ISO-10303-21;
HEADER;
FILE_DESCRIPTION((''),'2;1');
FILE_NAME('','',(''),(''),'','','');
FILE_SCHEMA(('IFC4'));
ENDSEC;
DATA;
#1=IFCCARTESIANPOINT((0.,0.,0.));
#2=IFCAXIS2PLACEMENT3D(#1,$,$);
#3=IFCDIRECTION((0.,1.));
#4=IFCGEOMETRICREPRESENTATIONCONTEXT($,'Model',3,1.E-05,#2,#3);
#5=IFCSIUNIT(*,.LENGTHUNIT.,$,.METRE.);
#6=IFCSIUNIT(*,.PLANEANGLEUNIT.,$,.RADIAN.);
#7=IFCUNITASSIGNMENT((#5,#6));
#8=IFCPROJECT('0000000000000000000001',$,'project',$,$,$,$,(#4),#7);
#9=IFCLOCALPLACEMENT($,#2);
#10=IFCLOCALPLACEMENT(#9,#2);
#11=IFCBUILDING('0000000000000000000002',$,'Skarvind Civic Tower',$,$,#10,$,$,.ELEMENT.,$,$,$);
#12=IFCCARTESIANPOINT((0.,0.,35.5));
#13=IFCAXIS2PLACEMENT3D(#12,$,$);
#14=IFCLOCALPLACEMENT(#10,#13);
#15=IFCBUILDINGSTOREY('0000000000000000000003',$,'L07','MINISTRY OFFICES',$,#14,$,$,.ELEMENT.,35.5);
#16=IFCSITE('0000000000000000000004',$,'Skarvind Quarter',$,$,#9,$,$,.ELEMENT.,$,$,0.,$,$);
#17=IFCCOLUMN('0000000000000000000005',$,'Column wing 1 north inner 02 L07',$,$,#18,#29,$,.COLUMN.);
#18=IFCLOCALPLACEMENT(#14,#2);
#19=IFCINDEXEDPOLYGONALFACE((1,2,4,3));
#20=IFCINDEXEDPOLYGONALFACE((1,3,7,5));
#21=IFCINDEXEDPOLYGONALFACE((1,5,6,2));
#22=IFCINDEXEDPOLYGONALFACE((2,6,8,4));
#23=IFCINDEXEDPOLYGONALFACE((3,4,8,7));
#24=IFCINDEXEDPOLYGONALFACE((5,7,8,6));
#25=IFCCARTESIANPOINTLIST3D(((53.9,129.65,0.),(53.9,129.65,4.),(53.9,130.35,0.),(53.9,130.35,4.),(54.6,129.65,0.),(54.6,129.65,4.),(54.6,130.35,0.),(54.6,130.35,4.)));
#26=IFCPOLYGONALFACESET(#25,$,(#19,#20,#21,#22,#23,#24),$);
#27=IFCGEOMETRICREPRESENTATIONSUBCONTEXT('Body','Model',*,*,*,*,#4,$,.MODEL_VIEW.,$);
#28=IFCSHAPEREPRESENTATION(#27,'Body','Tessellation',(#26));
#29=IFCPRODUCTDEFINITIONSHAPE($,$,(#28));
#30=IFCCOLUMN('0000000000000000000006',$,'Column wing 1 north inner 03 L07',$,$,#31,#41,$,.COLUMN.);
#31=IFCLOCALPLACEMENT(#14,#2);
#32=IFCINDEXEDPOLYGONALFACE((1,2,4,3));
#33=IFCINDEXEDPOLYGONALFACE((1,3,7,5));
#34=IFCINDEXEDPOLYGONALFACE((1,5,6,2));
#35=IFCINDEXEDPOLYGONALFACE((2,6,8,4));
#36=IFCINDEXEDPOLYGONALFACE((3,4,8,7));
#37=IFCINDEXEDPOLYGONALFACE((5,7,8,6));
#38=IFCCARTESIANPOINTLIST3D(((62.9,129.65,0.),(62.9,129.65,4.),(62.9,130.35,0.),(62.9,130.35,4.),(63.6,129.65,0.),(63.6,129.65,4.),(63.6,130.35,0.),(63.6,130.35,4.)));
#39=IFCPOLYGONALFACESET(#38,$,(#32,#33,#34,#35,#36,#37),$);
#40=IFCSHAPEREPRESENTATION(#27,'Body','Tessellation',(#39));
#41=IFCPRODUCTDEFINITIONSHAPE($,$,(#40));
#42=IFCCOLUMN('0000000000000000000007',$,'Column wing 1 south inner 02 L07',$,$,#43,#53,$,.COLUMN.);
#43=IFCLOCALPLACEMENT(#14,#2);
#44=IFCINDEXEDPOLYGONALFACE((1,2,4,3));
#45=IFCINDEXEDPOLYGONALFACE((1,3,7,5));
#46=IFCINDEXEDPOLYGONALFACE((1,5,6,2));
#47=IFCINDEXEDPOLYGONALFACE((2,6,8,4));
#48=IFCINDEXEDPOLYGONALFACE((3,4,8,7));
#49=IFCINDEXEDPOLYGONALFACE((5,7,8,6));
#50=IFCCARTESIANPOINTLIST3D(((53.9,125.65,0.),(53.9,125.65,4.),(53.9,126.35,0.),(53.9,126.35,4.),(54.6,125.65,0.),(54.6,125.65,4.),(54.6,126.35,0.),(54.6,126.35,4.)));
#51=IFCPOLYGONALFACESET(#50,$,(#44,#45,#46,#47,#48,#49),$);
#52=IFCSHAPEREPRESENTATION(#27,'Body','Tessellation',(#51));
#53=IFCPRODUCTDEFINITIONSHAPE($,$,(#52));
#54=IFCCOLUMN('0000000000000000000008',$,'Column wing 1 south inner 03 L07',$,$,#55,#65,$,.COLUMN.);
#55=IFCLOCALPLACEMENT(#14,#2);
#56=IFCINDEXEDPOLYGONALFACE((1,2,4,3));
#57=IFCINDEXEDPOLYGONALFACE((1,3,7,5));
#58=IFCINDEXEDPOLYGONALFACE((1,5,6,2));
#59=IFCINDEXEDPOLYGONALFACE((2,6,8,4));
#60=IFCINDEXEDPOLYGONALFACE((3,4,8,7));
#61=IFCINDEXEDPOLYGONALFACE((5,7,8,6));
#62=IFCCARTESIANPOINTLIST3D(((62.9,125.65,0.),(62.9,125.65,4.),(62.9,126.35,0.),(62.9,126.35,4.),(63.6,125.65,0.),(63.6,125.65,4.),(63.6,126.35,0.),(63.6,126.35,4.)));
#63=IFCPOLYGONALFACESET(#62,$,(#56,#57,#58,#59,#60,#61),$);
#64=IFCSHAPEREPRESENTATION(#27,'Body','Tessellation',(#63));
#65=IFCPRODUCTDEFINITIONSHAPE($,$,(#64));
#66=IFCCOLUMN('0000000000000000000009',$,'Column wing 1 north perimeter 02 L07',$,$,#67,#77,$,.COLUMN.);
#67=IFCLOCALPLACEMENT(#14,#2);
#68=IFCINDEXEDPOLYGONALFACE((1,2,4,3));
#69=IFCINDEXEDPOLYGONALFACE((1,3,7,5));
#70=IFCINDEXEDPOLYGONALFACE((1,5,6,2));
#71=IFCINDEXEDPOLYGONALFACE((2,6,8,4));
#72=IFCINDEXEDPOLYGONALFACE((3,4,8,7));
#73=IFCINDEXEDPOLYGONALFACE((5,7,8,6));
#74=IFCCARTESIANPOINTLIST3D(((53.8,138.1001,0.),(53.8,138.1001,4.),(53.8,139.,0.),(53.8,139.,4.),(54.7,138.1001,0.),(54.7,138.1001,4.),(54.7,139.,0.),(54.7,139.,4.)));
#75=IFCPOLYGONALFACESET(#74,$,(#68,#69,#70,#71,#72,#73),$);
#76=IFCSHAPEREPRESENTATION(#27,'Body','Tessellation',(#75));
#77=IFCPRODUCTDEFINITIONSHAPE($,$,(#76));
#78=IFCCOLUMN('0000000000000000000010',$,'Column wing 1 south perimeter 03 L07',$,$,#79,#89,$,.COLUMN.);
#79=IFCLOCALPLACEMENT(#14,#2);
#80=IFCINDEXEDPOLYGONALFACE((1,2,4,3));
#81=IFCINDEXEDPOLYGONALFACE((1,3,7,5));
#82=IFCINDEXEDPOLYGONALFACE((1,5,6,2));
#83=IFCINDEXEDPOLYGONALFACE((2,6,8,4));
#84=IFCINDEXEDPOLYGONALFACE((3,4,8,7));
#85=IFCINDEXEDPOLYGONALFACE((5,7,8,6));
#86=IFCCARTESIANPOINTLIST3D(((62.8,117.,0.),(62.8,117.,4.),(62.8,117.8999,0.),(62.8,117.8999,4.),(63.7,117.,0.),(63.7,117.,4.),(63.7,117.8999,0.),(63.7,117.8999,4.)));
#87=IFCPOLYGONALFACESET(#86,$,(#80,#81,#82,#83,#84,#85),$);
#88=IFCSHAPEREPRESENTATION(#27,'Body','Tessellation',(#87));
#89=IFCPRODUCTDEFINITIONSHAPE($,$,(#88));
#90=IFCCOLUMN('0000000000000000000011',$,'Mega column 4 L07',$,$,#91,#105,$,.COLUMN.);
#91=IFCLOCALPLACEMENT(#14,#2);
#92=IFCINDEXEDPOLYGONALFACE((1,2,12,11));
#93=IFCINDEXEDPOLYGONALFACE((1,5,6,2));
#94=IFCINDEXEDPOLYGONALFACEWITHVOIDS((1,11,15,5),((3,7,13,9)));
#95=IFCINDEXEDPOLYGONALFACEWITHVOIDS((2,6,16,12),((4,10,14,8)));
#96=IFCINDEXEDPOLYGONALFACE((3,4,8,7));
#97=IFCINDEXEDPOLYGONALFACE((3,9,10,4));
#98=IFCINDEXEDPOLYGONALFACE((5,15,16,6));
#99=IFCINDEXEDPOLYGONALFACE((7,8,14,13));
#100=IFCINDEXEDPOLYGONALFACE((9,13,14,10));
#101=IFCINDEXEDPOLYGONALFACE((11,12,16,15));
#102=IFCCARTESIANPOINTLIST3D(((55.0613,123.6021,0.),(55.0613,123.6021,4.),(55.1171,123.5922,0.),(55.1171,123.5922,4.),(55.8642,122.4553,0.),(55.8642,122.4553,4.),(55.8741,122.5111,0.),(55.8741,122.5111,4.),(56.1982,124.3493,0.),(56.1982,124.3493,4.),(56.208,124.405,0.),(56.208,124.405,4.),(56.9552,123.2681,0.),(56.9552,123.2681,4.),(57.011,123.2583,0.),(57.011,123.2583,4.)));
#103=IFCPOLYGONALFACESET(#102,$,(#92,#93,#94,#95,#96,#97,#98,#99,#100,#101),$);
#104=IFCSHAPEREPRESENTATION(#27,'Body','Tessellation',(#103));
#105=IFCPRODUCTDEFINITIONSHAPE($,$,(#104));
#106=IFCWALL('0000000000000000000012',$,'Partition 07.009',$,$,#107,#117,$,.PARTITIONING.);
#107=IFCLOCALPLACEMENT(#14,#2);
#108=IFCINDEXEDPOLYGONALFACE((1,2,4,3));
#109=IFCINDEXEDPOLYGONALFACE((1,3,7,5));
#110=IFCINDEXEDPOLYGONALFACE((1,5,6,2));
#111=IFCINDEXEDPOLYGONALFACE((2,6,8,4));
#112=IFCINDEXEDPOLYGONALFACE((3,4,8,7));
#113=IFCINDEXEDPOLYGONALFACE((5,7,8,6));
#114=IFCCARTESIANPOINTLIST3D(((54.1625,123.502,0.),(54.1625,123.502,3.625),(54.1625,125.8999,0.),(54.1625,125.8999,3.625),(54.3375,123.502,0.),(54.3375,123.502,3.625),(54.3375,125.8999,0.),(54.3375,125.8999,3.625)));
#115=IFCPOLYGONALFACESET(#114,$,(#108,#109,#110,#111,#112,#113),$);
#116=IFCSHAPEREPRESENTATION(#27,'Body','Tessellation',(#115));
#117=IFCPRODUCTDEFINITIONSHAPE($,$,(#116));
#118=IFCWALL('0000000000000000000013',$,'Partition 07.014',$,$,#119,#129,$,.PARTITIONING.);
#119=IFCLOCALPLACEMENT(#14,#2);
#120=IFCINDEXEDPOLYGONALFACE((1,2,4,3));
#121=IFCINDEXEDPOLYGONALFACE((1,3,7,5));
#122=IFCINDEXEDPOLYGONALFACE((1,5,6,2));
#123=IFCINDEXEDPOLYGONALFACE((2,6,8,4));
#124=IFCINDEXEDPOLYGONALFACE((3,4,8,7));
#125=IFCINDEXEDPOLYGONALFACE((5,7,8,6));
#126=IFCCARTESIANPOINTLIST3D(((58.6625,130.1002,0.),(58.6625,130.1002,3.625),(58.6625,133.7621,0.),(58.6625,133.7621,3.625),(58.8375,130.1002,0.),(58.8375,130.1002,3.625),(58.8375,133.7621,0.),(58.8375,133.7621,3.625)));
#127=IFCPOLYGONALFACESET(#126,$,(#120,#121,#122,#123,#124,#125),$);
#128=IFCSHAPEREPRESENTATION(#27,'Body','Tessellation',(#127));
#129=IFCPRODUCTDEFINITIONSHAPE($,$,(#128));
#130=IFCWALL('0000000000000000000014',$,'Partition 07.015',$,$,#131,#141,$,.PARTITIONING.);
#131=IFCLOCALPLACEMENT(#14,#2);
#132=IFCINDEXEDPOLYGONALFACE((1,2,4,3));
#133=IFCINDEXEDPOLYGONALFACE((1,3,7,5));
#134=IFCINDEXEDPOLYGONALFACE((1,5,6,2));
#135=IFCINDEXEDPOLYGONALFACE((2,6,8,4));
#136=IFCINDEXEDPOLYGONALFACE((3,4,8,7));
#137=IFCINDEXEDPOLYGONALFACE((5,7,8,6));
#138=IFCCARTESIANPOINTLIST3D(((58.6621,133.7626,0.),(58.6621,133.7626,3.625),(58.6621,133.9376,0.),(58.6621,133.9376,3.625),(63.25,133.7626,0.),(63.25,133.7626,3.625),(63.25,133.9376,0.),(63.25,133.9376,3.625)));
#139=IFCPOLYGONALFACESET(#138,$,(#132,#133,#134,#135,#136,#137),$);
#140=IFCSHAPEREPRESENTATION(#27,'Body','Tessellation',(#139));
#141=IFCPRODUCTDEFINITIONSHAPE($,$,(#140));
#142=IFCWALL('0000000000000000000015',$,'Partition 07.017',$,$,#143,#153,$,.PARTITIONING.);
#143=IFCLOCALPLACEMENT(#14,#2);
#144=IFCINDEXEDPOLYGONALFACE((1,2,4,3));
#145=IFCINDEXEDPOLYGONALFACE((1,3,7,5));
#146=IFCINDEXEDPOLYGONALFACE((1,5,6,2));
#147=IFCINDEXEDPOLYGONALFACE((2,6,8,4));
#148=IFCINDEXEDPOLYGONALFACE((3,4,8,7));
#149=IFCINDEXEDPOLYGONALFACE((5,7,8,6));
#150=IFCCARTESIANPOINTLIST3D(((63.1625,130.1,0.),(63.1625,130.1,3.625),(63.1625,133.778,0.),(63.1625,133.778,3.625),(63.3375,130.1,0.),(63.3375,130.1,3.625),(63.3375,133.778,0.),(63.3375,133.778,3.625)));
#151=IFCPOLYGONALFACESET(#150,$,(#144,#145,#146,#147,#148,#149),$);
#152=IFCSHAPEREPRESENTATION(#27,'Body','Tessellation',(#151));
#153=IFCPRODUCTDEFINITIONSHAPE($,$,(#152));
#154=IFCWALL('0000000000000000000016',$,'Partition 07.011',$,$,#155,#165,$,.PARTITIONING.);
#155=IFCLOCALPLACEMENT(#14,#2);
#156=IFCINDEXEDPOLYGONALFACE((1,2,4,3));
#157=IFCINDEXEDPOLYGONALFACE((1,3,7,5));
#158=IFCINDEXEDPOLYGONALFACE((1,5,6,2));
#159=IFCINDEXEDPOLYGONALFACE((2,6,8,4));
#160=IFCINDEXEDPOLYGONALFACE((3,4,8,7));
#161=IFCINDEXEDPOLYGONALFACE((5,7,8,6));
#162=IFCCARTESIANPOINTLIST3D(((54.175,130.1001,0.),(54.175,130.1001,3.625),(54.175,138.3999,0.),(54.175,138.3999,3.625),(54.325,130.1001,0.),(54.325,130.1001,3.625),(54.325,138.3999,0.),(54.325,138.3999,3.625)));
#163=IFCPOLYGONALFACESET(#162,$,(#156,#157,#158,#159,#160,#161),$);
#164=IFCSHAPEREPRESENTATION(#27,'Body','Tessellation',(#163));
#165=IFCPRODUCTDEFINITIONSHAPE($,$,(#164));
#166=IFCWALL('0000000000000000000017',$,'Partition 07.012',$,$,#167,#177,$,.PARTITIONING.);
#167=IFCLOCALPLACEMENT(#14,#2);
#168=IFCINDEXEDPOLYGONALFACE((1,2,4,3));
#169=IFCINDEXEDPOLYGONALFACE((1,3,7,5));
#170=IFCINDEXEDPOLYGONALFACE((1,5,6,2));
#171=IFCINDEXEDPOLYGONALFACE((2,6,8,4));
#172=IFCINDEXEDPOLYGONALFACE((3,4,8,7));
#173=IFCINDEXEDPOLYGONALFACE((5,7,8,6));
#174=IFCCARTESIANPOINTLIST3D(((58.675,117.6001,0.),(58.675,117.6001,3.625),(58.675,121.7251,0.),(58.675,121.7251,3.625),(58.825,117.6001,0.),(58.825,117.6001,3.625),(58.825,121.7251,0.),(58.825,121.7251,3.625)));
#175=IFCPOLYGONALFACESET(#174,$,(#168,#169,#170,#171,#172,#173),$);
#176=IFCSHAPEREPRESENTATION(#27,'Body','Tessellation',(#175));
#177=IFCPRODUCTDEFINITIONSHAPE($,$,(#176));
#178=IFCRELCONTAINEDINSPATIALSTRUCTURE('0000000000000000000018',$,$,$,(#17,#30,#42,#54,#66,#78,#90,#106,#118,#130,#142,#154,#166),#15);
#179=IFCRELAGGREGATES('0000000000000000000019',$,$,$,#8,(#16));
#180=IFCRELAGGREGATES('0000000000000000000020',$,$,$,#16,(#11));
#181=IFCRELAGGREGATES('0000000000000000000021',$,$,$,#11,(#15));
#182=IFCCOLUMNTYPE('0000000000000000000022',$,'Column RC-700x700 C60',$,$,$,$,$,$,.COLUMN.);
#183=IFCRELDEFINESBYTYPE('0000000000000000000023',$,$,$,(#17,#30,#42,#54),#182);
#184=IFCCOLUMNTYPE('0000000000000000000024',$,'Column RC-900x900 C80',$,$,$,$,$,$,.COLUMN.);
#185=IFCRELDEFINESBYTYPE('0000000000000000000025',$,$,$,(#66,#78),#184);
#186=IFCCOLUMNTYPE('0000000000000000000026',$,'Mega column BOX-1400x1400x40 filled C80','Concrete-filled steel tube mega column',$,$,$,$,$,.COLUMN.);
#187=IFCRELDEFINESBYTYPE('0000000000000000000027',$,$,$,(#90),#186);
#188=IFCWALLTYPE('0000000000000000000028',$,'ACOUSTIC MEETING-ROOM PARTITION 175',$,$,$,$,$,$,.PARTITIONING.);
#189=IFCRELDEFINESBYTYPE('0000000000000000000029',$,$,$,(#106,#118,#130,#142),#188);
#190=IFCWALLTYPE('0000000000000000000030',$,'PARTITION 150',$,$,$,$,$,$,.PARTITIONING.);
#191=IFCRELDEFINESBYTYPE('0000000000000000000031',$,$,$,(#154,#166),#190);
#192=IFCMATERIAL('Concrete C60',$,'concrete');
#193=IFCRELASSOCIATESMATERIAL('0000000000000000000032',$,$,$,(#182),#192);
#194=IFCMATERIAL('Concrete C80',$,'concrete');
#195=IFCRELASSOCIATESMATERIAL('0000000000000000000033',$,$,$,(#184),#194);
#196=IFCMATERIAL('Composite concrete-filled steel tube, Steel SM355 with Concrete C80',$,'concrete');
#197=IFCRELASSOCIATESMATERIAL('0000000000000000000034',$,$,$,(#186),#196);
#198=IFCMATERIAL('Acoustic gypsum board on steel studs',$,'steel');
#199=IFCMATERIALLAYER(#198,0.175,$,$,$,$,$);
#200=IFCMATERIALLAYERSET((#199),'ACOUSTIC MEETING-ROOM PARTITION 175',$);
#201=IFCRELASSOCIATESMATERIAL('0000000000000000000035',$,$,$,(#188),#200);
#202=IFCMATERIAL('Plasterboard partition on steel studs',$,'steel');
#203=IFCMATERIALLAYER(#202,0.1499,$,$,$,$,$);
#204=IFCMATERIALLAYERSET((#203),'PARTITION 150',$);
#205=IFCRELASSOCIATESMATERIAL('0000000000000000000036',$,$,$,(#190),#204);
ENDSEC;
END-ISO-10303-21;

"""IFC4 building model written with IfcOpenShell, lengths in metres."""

from ifc_helpers import new_model, si_unit, direction, frame, frame_2d, origin, origin_2d, place, context, subcontext, project, spatial, rectangle, hollow_rectangle, extrude, material, layer, layer_set, material_profile, profile_set, type_object, element, save


model = new_model("IFC4")

# Units and contexts
model_context = context("Model", 3, precision=1e-05, world=origin(), true_north=direction((0.0, 1.0)))
body_context = subcontext(model_context, "Body", "Model", "MODEL_VIEW")
ifc_project = project(units=[si_unit("LENGTHUNIT", "METRE"), si_unit("PLANEANGLEUNIT", "RADIAN")], contexts=[model_context])

# Site, building, storey
site_placement = place(None, origin())
site = spatial("IfcSite", under=ifc_project, at=site_placement, Name="Skarvind Quarter", CompositionType="ELEMENT", RefElevation=0.0)
building_placement = place(site_placement, origin())
building = spatial("IfcBuilding", under=site, at=building_placement, Name="Skarvind Civic Tower", CompositionType="ELEMENT")
storey_placement = place(building_placement, frame((0.0, 0.0, 35.5)))
storey = spatial("IfcBuildingStorey", under=building, at=storey_placement, Name="L07", Description="MINISTRY OFFICES", CompositionType="ELEMENT", Elevation=35.5)

# Columns
ifc_material_1 = material(Name="Concrete C60", Category="concrete")
ifc_material_profile_1 = material_profile(ifc_material_1, rectangle(XDim=0.7, YDim=0.7, at=origin_2d()), Name="RC-700x700")
ifc_profile_set_1 = profile_set([ifc_material_profile_1], Name="Concrete C60")
column_type_1 = type_object("IfcColumnType", Name="Column RC-700x700 C60", PredefinedType="COLUMN", material=ifc_profile_set_1)
for number, where, z_axis, x_axis, name in (
    (1, (54.25, 130.0, 0.0), (0.0, 0.0, 1.0), (1.0, 0.0, 0.0), "Column wing 1 north inner 02 L07"),
    (2, (63.25, 130.0, 0.0), (0.0, 0.0, 1.0), (1.0, 0.0, 0.0), "Column wing 1 north inner 03 L07"),
    (3, (54.25, 126.0, 0.0), (0.0, 0.0, 1.0), (1.0, 0.0, 0.0), "Column wing 1 south inner 02 L07"),
    (4, (63.25, 126.0, 0.0), (0.0, 0.0, 1.0), (1.0, 0.0, 0.0), "Column wing 1 south inner 03 L07"),
):
    element("IfcColumn", number, at=place(storey_placement, frame(where, z_axis=z_axis, x_axis=x_axis)), inside=storey, type_object=column_type_1, Name=name, PredefinedType="COLUMN", context=body_context, shape_type="SweptSolid", body=[
        extrude(rectangle(XDim=0.7, YDim=0.7, at=origin_2d()), origin(), (0.0, 0.0, 1.0), 4.0),
    ])
ifc_material_2 = material(Name="Concrete C80", Category="concrete")
ifc_material_profile_2 = material_profile(ifc_material_2, rectangle(XDim=0.8999, YDim=0.8999, at=origin_2d()), Name="RC-900x900")
ifc_profile_set_2 = profile_set([ifc_material_profile_2], Name="Concrete C80")
column_type_2 = type_object("IfcColumnType", Name="Column RC-900x900 C80", PredefinedType="COLUMN", material=ifc_profile_set_2)
for number, where, z_axis, x_axis, name in (
    (5, (54.25, 138.55, 0.0), (0.0, 0.0, 1.0), (1.0, 0.0, 0.0), "Column wing 1 north perimeter 02 L07"),
    (6, (63.25, 117.45, 0.0), (0.0, 0.0, 1.0), (1.0, 0.0, 0.0), "Column wing 1 south perimeter 03 L07"),
):
    element("IfcColumn", number, at=place(storey_placement, frame(where, z_axis=z_axis, x_axis=x_axis)), inside=storey, type_object=column_type_2, Name=name, PredefinedType="COLUMN", context=body_context, shape_type="SweptSolid", body=[
        extrude(rectangle(XDim=0.8999, YDim=0.8999, at=origin_2d()), origin(), (0.0, 0.0, 1.0), 4.0),
    ])
ifc_material_3 = material(Name="Composite concrete-filled steel tube, Steel SM355 with Concrete C80", Category="concrete")
ifc_material_profile_3 = material_profile(ifc_material_3, hollow_rectangle(XDim=1.3999, YDim=1.3999, WallThickness=0.04, at=origin_2d()), Name="BOX-1400x1400x40")
ifc_profile_set_3 = profile_set([ifc_material_profile_3], Name="Composite concrete-filled steel tube, Steel SM355 with Concrete C80")
column_type_3 = type_object("IfcColumnType", Name="Mega column BOX-1400x1400x40 filled C80", Description="Concrete-filled steel tube mega column", PredefinedType="COLUMN", material=ifc_profile_set_3)
column_placement = place(storey_placement, frame((56.0361, 123.4302, 0.0), z_axis=(0.0, 0.0, 1.0), x_axis=(0.573576, -0.819152, 0.0)))
element("IfcColumn", 7, at=column_placement, inside=storey, type_object=column_type_3, Name="Mega column 4 L07", PredefinedType="COLUMN", context=body_context, shape_type="SweptSolid", body=[
    extrude(hollow_rectangle(XDim=1.3999, YDim=1.3999, WallThickness=0.04, at=origin_2d()), origin(), (0.0, 0.0, 1.0), 4.0),
])

# Walls
ifc_material_4 = material(Name="Acoustic gypsum board on steel studs", Category="steel")
ifc_layer_1 = layer(ifc_material_4, 0.175)
ifc_layer_set_1 = layer_set([ifc_layer_1], Name="ACOUSTIC MEETING-ROOM PARTITION 175")
wall_type_1 = type_object("IfcWallType", Name="ACOUSTIC MEETING-ROOM PARTITION 175", PredefinedType="PARTITIONING", material=ifc_layer_set_1)
wall_1_placement = place(storey_placement, frame((54.25, 123.502, 0.0), z_axis=(0.0, 0.0, 1.0), x_axis=(0.0, 1.0, 0.0)))
element("IfcWall", 8, at=wall_1_placement, inside=storey, type_object=wall_type_1, Name="Partition 07.009", PredefinedType="PARTITIONING", context=body_context, shape_type="SweptSolid", body=[
    extrude(rectangle(XDim=2.3979, YDim=0.175, at=frame_2d((1.199, 0.0))), origin(), (0.0, 0.0, 1.0), 3.625),
])
wall_2_placement = place(storey_placement, frame((58.75, 130.1001, 0.0), z_axis=(0.0, 0.0, 1.0), x_axis=(0.0, 1.0, 0.0)))
element("IfcWall", 9, at=wall_2_placement, inside=storey, type_object=wall_type_1, Name="Partition 07.014", PredefinedType="PARTITIONING", context=body_context, shape_type="SweptSolid", body=[
    extrude(rectangle(XDim=3.6619, YDim=0.175, at=frame_2d((1.8311, 0.0))), origin(), (0.0, 0.0, 1.0), 3.625),
])
wall_3_placement = place(storey_placement, frame((58.6621, 133.8501, 0.0), z_axis=(0.0, 0.0, 1.0), x_axis=(1.0, 0.0, 0.0)))
element("IfcWall", 10, at=wall_3_placement, inside=storey, type_object=wall_type_1, Name="Partition 07.015", PredefinedType="PARTITIONING", context=body_context, shape_type="SweptSolid", body=[
    extrude(rectangle(XDim=4.5879, YDim=0.175, at=frame_2d((2.2939, 0.0))), origin(), (0.0, 0.0, 1.0), 3.625),
])
wall_4_placement = place(storey_placement, frame((63.25, 130.1001, 0.0), z_axis=(0.0, 0.0, 1.0), x_axis=(0.0, 1.0, 0.0)))
element("IfcWall", 11, at=wall_4_placement, inside=storey, type_object=wall_type_1, Name="Partition 07.017", PredefinedType="PARTITIONING", context=body_context, shape_type="SweptSolid", body=[
    extrude(rectangle(XDim=3.678, YDim=0.175, at=frame_2d((1.8389, 0.0))), origin(), (0.0, 0.0, 1.0), 3.625),
])
ifc_material_5 = material(Name="Plasterboard partition on steel studs", Category="steel")
ifc_layer_2 = layer(ifc_material_5, 0.1499)
ifc_layer_set_2 = layer_set([ifc_layer_2], Name="PARTITION 150")
wall_type_2 = type_object("IfcWallType", Name="PARTITION 150", PredefinedType="PARTITIONING", material=ifc_layer_set_2)
wall_5_placement = place(storey_placement, frame((54.25, 138.3999, 0.0), z_axis=(0.0, 0.0, 1.0), x_axis=(0.0, -1.0, 0.0)))
element("IfcWall", 12, at=wall_5_placement, inside=storey, type_object=wall_type_2, Name="Partition 07.011", PredefinedType="PARTITIONING", context=body_context, shape_type="SweptSolid", body=[
    extrude(rectangle(XDim=8.2998, YDim=0.1499, at=frame_2d((4.1499, 0.0))), origin(), (0.0, 0.0, 1.0), 3.625),
])
wall_6_placement = place(storey_placement, frame((58.75, 117.6001, 0.0), z_axis=(0.0, 0.0, 1.0), x_axis=(0.0, 1.0, 0.0)))
element("IfcWall", 13, at=wall_6_placement, inside=storey, type_object=wall_type_2, Name="Partition 07.012", PredefinedType="PARTITIONING", context=body_context, shape_type="SweptSolid", body=[
    extrude(rectangle(XDim=4.125, YDim=0.1499, at=frame_2d((2.0625, 0.0))), origin(), (0.0, 0.0, 1.0), 3.625),
])

save(model, "model.ifc")
